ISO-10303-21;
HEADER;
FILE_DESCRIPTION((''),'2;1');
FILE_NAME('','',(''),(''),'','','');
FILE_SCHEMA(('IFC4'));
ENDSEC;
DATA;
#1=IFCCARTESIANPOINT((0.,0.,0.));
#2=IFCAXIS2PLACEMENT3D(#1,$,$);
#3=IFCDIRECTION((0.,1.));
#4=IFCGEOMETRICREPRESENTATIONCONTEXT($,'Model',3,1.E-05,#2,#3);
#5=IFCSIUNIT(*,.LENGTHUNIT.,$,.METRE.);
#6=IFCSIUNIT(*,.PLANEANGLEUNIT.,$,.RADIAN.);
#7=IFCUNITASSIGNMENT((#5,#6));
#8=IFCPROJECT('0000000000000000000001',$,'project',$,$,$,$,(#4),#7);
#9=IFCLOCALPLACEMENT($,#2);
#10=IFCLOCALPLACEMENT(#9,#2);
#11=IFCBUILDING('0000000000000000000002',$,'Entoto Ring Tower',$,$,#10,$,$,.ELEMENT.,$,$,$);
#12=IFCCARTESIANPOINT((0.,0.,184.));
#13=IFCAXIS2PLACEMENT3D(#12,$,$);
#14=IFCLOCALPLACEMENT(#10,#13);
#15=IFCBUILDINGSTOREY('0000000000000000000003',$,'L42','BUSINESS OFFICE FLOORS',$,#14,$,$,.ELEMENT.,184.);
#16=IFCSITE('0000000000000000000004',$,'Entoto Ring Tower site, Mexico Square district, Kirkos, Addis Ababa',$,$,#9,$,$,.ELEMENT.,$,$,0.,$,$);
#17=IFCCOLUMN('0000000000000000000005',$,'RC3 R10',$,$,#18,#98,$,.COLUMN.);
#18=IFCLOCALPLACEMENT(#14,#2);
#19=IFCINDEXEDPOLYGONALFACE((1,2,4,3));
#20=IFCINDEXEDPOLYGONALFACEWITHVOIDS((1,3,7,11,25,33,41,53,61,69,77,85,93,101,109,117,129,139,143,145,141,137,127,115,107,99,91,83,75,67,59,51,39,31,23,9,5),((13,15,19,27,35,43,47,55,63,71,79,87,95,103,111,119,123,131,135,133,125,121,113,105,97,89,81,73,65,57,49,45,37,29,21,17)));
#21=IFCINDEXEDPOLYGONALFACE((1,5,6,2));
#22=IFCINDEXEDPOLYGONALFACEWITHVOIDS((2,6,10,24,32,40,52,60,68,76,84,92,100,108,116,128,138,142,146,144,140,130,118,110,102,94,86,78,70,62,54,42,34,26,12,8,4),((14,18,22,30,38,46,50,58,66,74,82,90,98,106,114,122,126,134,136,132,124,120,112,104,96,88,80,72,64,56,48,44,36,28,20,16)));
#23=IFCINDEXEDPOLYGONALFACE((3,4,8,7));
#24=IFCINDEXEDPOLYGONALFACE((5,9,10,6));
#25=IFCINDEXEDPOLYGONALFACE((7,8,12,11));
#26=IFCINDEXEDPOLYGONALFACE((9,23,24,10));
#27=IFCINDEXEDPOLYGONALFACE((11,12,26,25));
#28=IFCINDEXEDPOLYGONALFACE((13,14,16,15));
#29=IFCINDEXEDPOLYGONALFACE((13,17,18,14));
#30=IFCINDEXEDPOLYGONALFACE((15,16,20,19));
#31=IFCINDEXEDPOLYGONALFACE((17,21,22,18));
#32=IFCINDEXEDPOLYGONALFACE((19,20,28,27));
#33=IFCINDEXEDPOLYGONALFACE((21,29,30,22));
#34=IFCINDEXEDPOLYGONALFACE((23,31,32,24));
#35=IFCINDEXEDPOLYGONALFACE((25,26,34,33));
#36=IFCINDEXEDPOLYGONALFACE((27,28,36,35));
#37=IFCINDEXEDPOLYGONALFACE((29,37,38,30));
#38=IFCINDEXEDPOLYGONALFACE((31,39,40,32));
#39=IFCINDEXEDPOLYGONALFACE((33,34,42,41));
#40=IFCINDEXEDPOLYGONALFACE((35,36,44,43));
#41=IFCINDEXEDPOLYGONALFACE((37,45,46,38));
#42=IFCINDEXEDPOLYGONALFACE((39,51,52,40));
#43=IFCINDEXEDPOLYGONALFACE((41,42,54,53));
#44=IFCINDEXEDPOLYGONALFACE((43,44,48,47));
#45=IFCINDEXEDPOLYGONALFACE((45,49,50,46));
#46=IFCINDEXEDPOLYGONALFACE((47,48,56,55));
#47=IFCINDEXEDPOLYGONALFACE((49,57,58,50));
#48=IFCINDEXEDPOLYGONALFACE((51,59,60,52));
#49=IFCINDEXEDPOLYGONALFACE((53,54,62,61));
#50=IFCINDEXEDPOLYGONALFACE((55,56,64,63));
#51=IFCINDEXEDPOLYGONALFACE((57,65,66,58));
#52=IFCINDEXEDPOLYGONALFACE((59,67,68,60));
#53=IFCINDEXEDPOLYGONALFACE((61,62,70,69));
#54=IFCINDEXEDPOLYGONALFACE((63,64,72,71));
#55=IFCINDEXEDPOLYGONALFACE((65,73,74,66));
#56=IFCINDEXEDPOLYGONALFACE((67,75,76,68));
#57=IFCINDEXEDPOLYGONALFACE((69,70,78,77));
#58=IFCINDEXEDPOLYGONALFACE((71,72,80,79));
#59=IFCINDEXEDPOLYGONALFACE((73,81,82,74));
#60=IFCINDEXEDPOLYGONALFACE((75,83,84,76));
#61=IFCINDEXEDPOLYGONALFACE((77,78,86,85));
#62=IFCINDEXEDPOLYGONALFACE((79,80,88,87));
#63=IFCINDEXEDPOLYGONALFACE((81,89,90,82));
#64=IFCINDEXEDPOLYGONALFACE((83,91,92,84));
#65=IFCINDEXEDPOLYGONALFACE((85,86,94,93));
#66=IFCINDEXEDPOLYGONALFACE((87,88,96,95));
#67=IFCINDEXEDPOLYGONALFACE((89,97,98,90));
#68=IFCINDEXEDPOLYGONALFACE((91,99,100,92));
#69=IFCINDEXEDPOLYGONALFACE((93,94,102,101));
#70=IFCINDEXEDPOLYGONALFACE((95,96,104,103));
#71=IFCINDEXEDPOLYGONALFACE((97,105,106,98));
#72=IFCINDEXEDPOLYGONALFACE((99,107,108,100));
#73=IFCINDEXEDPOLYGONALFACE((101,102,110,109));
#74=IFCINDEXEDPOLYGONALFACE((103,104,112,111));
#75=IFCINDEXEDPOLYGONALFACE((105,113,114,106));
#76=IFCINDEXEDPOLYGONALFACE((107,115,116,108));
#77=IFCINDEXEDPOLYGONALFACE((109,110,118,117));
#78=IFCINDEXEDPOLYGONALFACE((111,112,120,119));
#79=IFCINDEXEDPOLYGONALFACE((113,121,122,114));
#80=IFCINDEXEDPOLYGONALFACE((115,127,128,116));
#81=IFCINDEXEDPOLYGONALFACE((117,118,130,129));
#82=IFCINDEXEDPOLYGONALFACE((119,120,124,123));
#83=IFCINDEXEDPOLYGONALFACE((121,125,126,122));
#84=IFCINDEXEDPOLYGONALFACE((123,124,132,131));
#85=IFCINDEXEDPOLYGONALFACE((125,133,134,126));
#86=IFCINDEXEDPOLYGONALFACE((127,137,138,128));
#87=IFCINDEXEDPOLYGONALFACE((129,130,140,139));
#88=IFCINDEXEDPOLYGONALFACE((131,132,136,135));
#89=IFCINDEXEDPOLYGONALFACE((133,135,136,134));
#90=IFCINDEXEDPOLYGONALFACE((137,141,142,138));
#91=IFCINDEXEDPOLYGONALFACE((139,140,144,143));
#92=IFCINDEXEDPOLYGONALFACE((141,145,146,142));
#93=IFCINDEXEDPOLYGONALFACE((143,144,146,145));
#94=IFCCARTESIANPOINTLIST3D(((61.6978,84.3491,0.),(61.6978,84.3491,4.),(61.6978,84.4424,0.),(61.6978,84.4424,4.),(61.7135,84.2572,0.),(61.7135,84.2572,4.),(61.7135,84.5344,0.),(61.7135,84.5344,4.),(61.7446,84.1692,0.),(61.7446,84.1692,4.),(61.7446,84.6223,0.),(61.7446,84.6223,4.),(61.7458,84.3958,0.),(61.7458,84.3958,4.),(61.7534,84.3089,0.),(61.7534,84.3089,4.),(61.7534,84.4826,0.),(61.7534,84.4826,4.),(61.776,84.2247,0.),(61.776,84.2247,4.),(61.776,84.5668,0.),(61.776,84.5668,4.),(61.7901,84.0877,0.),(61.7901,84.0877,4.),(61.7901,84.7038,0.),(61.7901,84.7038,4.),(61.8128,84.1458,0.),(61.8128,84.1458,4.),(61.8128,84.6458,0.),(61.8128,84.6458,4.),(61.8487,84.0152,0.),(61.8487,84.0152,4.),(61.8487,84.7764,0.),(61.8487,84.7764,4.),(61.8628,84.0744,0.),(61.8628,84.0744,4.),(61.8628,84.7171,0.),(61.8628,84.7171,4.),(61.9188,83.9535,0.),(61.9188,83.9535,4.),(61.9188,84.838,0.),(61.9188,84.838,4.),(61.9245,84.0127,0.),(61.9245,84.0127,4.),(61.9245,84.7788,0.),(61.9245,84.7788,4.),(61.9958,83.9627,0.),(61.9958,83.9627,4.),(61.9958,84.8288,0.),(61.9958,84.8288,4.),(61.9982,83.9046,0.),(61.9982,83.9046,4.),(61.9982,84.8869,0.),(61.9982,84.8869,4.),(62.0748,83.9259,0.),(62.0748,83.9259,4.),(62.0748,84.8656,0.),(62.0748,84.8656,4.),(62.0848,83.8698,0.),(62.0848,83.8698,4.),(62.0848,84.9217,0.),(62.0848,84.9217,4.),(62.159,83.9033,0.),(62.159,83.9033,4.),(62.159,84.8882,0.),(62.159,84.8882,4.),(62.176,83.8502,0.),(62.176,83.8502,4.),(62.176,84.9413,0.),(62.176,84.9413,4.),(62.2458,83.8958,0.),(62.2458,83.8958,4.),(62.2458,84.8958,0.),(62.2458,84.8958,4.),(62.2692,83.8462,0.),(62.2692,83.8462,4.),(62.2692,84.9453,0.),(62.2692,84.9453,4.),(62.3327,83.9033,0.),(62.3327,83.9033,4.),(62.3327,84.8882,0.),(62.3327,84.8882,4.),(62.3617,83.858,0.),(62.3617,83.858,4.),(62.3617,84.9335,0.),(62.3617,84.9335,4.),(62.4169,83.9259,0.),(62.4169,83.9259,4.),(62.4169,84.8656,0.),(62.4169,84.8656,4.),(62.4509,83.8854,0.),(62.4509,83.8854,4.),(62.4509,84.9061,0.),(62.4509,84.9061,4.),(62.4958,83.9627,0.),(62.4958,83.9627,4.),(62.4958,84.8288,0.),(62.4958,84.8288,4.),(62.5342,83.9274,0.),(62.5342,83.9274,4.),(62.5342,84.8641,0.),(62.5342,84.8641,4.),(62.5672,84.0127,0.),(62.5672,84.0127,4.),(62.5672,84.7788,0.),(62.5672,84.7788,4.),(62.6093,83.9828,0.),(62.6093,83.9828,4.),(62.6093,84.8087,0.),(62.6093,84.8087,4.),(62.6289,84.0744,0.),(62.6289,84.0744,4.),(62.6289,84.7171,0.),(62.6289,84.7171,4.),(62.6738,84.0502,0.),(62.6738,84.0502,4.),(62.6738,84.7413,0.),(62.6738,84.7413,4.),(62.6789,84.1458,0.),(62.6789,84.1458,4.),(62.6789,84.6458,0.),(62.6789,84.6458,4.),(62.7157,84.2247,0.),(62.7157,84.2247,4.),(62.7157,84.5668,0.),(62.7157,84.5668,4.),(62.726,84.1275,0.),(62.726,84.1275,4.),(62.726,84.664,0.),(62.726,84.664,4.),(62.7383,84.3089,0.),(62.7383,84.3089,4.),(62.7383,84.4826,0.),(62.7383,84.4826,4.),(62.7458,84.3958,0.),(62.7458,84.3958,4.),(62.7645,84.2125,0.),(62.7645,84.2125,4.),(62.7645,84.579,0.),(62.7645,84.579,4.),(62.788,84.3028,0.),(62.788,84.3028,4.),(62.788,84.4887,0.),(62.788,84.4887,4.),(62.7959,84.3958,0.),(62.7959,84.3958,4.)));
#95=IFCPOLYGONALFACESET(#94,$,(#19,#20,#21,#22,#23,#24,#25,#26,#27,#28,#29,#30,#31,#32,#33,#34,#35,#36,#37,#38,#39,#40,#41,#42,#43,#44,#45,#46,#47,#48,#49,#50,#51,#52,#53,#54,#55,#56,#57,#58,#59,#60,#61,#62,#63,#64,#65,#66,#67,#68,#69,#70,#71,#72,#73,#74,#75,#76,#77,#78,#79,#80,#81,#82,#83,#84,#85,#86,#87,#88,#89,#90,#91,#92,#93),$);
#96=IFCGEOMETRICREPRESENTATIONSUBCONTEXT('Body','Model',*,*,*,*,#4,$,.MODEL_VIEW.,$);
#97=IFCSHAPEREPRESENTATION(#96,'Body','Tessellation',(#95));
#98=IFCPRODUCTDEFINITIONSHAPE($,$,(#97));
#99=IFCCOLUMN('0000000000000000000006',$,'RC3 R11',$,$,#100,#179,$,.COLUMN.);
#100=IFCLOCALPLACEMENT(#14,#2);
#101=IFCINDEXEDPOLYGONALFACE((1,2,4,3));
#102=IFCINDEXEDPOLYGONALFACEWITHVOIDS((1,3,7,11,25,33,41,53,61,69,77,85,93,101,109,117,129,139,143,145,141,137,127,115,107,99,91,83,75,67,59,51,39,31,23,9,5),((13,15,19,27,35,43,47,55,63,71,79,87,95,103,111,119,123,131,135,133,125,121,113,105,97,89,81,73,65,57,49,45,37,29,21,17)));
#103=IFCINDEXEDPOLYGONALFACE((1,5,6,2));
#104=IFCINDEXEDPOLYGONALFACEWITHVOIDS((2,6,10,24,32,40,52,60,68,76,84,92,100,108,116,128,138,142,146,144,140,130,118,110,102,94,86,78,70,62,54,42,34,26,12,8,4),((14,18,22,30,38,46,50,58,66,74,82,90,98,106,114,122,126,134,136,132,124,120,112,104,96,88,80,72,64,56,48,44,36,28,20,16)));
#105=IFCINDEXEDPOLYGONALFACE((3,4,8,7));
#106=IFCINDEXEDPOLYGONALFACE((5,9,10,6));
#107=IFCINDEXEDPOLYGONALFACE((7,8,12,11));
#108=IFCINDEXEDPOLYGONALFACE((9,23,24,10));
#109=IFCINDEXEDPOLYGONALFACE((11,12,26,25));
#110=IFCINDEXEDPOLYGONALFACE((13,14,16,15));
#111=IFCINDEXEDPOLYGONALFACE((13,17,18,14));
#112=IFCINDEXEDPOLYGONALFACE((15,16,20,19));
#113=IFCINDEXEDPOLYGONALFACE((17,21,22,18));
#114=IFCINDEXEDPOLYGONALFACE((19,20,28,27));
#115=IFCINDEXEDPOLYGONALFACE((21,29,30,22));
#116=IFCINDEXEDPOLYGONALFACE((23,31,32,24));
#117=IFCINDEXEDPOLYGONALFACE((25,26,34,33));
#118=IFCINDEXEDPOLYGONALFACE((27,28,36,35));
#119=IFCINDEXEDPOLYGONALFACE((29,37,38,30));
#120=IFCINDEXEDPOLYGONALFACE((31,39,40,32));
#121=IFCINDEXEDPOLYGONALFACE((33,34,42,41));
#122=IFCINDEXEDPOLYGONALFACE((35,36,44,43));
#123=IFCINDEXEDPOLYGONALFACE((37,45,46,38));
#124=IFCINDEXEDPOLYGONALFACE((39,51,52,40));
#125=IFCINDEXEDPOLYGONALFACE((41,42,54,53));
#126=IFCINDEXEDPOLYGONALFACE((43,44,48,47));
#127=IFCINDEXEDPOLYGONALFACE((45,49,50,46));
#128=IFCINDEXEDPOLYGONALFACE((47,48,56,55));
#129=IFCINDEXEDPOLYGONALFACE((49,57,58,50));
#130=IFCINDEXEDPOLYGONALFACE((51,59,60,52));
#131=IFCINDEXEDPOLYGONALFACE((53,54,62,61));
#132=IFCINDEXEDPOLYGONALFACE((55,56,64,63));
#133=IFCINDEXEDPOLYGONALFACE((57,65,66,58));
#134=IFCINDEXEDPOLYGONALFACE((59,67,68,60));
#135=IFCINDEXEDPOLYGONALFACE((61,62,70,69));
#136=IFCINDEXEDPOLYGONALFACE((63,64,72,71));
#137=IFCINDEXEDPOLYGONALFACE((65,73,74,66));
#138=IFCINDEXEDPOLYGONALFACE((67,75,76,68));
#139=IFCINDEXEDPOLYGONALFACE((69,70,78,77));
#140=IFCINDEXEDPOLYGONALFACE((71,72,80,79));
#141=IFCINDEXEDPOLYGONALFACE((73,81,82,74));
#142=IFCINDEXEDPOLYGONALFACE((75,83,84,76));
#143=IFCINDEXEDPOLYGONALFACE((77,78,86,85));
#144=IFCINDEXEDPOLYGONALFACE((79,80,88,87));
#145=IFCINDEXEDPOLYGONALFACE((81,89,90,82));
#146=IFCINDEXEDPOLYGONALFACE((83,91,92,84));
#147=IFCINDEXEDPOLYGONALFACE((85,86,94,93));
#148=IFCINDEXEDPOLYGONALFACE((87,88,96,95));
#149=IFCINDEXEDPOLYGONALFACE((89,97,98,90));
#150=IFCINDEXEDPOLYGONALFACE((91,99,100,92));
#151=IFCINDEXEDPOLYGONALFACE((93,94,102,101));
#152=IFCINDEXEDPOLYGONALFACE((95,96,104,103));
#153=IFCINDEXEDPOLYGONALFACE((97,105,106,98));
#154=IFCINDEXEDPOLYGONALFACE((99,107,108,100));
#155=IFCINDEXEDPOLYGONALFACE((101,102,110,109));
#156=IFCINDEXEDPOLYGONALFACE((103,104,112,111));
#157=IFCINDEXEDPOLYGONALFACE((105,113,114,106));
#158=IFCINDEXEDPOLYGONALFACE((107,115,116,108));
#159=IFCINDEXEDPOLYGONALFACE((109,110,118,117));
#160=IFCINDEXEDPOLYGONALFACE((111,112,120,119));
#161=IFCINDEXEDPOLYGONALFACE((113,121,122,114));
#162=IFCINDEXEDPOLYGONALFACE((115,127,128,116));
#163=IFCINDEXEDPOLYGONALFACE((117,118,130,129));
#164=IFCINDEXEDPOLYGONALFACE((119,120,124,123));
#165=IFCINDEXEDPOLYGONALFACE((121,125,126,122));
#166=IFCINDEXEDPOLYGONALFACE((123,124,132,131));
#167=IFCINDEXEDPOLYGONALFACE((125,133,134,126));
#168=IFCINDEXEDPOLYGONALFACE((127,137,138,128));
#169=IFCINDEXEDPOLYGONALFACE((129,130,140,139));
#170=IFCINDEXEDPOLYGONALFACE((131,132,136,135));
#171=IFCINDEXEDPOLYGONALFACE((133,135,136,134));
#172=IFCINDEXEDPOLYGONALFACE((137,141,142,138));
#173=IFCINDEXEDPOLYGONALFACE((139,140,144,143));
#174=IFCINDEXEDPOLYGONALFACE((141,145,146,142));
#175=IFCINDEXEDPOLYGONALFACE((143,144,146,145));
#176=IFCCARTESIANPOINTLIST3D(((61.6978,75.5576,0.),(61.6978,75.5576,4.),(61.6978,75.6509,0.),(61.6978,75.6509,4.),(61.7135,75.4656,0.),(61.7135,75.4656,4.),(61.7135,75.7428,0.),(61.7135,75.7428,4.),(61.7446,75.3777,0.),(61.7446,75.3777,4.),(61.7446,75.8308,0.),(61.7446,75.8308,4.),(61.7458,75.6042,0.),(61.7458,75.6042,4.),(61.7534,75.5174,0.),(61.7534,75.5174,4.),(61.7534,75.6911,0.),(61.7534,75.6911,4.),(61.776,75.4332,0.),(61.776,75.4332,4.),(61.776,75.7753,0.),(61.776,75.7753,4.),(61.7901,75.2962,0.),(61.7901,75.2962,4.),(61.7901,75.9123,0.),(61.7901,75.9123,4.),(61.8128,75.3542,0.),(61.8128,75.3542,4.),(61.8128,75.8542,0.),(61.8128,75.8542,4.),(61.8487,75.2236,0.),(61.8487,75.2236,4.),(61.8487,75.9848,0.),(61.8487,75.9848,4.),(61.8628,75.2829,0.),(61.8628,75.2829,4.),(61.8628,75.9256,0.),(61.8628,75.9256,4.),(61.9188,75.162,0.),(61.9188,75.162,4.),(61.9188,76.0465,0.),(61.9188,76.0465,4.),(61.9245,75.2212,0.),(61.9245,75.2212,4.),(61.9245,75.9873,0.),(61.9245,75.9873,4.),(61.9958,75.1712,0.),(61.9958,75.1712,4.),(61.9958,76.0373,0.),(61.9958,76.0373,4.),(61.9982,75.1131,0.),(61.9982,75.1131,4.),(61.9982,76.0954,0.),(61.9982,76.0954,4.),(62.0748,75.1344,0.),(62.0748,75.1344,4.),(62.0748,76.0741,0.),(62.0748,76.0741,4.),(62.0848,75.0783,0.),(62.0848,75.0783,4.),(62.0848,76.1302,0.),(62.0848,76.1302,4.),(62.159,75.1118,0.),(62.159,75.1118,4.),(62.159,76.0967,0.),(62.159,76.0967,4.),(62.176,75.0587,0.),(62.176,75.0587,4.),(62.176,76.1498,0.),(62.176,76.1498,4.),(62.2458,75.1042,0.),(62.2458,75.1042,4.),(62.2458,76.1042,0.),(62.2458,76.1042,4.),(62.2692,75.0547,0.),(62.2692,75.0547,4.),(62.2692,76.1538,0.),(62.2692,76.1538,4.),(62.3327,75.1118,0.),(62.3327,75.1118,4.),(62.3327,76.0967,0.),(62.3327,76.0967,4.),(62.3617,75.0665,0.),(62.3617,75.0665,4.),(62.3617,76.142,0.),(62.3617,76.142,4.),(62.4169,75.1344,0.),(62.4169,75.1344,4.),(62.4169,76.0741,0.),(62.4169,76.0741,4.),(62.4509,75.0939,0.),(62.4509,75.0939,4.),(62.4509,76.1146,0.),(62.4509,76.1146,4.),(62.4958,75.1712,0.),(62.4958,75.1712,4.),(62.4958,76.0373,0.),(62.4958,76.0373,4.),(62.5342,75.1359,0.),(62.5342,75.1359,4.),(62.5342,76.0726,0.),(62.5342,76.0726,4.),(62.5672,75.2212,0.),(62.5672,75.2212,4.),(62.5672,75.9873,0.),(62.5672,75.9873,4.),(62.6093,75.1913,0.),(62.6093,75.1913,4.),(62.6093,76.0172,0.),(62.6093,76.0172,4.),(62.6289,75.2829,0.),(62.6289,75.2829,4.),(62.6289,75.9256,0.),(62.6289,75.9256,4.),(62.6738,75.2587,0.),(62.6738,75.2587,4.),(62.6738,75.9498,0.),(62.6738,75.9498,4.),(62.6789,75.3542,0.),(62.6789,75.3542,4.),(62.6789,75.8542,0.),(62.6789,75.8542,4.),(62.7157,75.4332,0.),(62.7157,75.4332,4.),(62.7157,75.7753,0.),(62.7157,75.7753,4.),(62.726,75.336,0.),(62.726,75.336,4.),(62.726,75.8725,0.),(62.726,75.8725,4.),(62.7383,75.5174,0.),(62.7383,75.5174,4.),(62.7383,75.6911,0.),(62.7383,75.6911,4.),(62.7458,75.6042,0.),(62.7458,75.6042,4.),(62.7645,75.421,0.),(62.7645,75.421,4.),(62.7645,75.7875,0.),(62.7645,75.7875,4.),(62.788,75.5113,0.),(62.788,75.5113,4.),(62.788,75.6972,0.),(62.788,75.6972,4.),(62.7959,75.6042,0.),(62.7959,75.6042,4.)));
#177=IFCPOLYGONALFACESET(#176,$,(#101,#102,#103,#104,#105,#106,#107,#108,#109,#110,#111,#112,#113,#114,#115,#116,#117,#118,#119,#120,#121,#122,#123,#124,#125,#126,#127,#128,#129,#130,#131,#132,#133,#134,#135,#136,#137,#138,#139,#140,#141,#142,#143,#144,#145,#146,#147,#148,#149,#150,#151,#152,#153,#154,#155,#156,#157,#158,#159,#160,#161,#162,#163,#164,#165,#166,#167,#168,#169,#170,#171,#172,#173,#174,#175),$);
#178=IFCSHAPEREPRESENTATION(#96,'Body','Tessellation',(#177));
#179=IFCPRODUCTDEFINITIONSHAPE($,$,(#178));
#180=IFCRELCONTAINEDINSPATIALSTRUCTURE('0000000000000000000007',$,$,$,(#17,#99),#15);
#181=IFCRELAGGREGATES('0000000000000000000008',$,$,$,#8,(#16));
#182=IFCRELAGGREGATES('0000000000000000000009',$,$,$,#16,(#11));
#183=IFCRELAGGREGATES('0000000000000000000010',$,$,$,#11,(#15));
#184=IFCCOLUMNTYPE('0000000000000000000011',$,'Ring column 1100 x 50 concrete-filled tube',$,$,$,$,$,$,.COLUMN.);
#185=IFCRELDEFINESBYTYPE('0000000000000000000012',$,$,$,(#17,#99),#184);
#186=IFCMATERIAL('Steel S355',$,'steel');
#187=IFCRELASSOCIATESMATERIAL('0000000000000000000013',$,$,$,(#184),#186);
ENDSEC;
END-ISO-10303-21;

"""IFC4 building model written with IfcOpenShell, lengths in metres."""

from ifc_helpers import new_model, si_unit, direction, frame, origin, origin_2d, place, context, subcontext, project, spatial, circle, hollow_circle, extrude, material, material_profile, profile_set, type_object, element, save


model = new_model("IFC4")

# Units and contexts
model_context = context("Model", 3, precision=1e-05, world=origin(), true_north=direction((0.0, 1.0)))
body_context = subcontext(model_context, "Body", "Model", "MODEL_VIEW")
ifc_project = project(units=[si_unit("LENGTHUNIT", "METRE"), si_unit("PLANEANGLEUNIT", "RADIAN")], contexts=[model_context])

# Site, building, storey
site_placement = place(None, origin())
site = spatial("IfcSite", under=ifc_project, at=site_placement, Name="Entoto Ring Tower site, Mexico Square district, Kirkos, Addis Ababa", CompositionType="ELEMENT", RefElevation=0.0)
building_placement = place(site_placement, origin())
building = spatial("IfcBuilding", under=site, at=building_placement, Name="Entoto Ring Tower", CompositionType="ELEMENT")
storey_placement = place(building_placement, frame((0.0, 0.0, 184.0)))
storey = spatial("IfcBuildingStorey", under=building, at=storey_placement, Name="L42", Description="BUSINESS OFFICE FLOORS", CompositionType="ELEMENT", Elevation=184.0)

# Columns
ifc_material_1 = material(Name="Steel S355", Category="steel")
ifc_material_profile_1 = material_profile(ifc_material_1, hollow_circle(Radius=0.55, WallThickness=0.05, at=origin_2d()), Name="CHS 1100 x 50")
ifc_material_2 = material(Name="Concrete C60/75", Category="concrete")
ifc_material_profile_2 = material_profile(ifc_material_2, circle(Radius=0.5, at=origin_2d()), Name="Concrete C60/75 infill")
ifc_profile_set_1 = profile_set([ifc_material_profile_1, ifc_material_profile_2], Name="Steel S355")
column_type = type_object("IfcColumnType", Name="Ring column 1100 x 50 concrete-filled tube", PredefinedType="COLUMN", material=ifc_profile_set_1)
for number, where, z_axis, x_axis, name in (
    (1, (62.2458, 84.3958, 0.0), (0.0, 0.0, 1.0), (1.0, 0.0, 0.0), "RC3 R10"),
    (2, (62.2458, 75.6042, 0.0), (0.0, 0.0, 1.0), (1.0, 0.0, 0.0), "RC3 R11"),
):
    element("IfcColumn", number, at=place(storey_placement, frame(where, z_axis=z_axis, x_axis=x_axis)), inside=storey, type_object=column_type, Name=name, PredefinedType="COLUMN", context=body_context, shape_type="SweptSolid", body=[
        extrude(hollow_circle(Radius=0.55, WallThickness=0.05, at=origin_2d()), origin(), (0.0, 0.0, 1.0), 4.0),
    ])

save(model, "model.ifc")
